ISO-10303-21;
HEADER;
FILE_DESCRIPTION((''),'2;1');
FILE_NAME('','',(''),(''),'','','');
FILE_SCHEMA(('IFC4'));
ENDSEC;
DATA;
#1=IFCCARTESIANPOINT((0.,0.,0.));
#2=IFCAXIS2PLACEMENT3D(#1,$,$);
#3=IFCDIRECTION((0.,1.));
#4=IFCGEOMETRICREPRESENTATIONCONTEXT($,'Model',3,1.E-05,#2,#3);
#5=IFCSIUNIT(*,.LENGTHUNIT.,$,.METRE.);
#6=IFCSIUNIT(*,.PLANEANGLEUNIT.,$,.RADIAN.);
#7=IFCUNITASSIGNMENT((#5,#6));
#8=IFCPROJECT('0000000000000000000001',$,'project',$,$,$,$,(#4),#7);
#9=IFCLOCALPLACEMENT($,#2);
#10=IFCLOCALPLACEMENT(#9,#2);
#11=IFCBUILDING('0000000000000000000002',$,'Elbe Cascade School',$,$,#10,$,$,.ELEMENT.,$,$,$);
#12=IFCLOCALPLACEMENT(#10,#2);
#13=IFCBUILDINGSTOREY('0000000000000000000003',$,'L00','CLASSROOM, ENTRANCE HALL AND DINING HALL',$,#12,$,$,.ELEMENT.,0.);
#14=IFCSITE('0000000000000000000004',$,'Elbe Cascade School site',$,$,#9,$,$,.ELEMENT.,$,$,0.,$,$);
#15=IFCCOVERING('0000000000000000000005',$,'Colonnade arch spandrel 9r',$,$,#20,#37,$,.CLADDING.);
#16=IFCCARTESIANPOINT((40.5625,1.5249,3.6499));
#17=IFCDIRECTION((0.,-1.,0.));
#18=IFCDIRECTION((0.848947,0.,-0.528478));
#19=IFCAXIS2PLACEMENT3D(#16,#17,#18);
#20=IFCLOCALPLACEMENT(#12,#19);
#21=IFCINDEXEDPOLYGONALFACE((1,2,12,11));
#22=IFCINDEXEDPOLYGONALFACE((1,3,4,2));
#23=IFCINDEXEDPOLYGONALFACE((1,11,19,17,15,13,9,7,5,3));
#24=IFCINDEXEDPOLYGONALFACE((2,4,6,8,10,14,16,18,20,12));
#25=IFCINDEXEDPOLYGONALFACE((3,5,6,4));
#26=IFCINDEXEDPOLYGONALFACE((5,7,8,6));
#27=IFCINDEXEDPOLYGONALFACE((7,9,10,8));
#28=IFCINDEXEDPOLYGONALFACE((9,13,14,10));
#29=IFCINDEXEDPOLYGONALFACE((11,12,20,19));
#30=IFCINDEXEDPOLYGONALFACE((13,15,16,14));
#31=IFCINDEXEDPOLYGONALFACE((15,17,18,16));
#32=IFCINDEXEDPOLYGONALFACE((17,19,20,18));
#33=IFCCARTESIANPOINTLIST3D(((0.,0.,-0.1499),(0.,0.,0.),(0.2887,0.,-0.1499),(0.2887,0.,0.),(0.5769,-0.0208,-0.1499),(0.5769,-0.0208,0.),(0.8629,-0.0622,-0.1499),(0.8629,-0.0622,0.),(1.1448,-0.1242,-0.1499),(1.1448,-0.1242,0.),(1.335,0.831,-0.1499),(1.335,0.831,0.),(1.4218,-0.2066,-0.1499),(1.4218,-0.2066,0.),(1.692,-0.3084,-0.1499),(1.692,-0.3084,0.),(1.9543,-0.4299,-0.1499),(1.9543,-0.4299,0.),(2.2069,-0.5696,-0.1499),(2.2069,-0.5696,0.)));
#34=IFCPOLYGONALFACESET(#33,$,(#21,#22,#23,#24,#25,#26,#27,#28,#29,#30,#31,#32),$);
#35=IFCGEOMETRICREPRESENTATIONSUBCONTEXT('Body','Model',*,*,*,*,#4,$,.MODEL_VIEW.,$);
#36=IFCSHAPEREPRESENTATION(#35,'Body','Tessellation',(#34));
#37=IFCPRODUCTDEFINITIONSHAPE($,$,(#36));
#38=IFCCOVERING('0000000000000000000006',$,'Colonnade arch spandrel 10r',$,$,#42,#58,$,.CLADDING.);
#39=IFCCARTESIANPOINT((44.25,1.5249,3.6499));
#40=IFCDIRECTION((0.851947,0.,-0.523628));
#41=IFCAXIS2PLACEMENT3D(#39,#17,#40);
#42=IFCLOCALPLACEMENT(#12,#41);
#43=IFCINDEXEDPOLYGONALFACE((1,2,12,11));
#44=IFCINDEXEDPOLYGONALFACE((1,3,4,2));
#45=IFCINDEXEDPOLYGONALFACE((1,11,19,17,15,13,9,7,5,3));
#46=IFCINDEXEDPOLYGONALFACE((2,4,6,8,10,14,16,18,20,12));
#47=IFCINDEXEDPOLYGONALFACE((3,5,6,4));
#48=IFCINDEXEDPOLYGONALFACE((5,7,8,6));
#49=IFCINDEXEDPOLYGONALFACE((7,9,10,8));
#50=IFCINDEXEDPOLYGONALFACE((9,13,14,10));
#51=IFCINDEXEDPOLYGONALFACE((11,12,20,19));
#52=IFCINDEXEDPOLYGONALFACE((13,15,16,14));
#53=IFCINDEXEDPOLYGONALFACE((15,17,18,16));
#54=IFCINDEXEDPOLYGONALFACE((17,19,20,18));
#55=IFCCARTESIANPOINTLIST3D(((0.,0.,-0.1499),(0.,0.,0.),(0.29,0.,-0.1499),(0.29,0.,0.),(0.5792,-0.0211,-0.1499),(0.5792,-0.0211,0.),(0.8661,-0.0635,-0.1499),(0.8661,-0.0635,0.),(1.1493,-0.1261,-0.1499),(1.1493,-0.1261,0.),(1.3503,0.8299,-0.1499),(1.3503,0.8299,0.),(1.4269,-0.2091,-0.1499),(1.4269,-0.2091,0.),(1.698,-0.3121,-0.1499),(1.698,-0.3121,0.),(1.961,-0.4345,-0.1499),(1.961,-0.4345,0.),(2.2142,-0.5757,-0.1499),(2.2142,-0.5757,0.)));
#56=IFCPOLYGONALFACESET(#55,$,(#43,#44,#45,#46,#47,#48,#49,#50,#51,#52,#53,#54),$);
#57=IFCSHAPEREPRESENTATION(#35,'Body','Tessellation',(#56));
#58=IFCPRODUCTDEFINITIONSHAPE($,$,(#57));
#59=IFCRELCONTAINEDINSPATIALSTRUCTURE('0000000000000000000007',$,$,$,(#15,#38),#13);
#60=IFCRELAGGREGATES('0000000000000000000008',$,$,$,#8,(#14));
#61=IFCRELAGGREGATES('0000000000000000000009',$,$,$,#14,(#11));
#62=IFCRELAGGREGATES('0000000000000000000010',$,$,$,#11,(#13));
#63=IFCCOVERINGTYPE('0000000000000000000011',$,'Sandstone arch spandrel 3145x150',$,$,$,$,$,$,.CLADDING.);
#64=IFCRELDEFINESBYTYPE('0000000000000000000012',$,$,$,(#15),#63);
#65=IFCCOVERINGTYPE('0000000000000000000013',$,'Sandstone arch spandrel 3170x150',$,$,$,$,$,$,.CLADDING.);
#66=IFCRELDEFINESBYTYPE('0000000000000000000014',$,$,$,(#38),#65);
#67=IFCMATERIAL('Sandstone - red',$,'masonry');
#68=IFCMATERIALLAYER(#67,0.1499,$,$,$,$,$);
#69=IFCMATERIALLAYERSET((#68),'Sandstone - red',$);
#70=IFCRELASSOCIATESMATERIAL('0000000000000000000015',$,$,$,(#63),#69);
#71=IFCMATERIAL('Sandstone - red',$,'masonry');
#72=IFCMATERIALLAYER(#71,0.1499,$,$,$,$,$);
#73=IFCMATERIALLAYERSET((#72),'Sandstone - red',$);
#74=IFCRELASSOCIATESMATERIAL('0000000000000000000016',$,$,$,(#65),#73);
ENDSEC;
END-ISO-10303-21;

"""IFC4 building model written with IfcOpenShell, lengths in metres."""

from ifc_helpers import new_model, si_unit, direction, frame, origin, place, context, subcontext, project, spatial, polyline, outline, extrude, material, layer, layer_set, type_object, element, save


model = new_model("IFC4")

# Units and contexts
model_context = context("Model", 3, precision=1e-05, world=origin(), true_north=direction((0.0, 1.0)))
body_context = subcontext(model_context, "Body", "Model", "MODEL_VIEW")
ifc_project = project(units=[si_unit("LENGTHUNIT", "METRE"), si_unit("PLANEANGLEUNIT", "RADIAN")], contexts=[model_context])

# Site, building, storey
site_placement = place(None, origin())
site = spatial("IfcSite", under=ifc_project, at=site_placement, Name="Elbe Cascade School site", CompositionType="ELEMENT", RefElevation=0.0)
building_placement = place(site_placement, origin())
building = spatial("IfcBuilding", under=site, at=building_placement, Name="Elbe Cascade School", CompositionType="ELEMENT")
storey_placement = place(building_placement, origin())
storey = spatial("IfcBuildingStorey", under=building, at=storey_placement, Name="L00", Description="CLASSROOM, ENTRANCE HALL AND DINING HALL", CompositionType="ELEMENT", Elevation=0.0)

# Coverings
ifc_material_1 = material(Name="Sandstone - red", Category="masonry")
ifc_layer_1 = layer(ifc_material_1, 0.1499)
ifc_layer_set_1 = layer_set([ifc_layer_1], Name="Sandstone - red")
covering_type_1 = type_object("IfcCoveringType", Name="Sandstone arch spandrel 3145x150", PredefinedType="CLADDING", material=ifc_layer_set_1)
covering_1_placement = place(storey_placement, frame((40.5625, 1.5249, 3.6499), z_axis=(0.0, -1.0, 0.0), x_axis=(0.848947, 0.0, -0.528478)))
element("IfcCovering", 1, at=covering_1_placement, inside=storey, type_object=covering_type_1, Name="Colonnade arch spandrel 9r", PredefinedType="CLADDING", context=body_context, shape_type="SweptSolid", body=[
    extrude(outline(polyline([(0.0, 0.0), (0.2887, 0.0), (0.5769, -0.0208), (0.8629, -0.0622), (1.1448, -0.1242), (1.4218, -0.2066), (1.692, -0.3084), (1.9543, -0.4299), (2.2069, -0.5696), (1.335, 0.831), (0.0, 0.0)])), origin(), (0.0, 0.0, -1.0), 0.1499),
])
ifc_material_2 = material(Name="Sandstone - red", Category="masonry")
ifc_layer_2 = layer(ifc_material_2, 0.1499)
ifc_layer_set_2 = layer_set([ifc_layer_2], Name="Sandstone - red")
covering_type_2 = type_object("IfcCoveringType", Name="Sandstone arch spandrel 3170x150", PredefinedType="CLADDING", material=ifc_layer_set_2)
covering_2_placement = place(storey_placement, frame((44.25, 1.5249, 3.6499), z_axis=(0.0, -1.0, 0.0), x_axis=(0.851947, 0.0, -0.523628)))
element("IfcCovering", 2, at=covering_2_placement, inside=storey, type_object=covering_type_2, Name="Colonnade arch spandrel 10r", PredefinedType="CLADDING", context=body_context, shape_type="SweptSolid", body=[
    extrude(outline(polyline([(0.0, 0.0), (0.29, 0.0), (0.5792, -0.0211), (0.8661, -0.0635), (1.1493, -0.1261), (1.4269, -0.2091), (1.698, -0.3121), (1.961, -0.4345), (2.2142, -0.5757), (1.3503, 0.8299), (0.0, 0.0)])), origin(), (0.0, 0.0, -1.0), 0.1499),
])

save(model, "model.ifc")
